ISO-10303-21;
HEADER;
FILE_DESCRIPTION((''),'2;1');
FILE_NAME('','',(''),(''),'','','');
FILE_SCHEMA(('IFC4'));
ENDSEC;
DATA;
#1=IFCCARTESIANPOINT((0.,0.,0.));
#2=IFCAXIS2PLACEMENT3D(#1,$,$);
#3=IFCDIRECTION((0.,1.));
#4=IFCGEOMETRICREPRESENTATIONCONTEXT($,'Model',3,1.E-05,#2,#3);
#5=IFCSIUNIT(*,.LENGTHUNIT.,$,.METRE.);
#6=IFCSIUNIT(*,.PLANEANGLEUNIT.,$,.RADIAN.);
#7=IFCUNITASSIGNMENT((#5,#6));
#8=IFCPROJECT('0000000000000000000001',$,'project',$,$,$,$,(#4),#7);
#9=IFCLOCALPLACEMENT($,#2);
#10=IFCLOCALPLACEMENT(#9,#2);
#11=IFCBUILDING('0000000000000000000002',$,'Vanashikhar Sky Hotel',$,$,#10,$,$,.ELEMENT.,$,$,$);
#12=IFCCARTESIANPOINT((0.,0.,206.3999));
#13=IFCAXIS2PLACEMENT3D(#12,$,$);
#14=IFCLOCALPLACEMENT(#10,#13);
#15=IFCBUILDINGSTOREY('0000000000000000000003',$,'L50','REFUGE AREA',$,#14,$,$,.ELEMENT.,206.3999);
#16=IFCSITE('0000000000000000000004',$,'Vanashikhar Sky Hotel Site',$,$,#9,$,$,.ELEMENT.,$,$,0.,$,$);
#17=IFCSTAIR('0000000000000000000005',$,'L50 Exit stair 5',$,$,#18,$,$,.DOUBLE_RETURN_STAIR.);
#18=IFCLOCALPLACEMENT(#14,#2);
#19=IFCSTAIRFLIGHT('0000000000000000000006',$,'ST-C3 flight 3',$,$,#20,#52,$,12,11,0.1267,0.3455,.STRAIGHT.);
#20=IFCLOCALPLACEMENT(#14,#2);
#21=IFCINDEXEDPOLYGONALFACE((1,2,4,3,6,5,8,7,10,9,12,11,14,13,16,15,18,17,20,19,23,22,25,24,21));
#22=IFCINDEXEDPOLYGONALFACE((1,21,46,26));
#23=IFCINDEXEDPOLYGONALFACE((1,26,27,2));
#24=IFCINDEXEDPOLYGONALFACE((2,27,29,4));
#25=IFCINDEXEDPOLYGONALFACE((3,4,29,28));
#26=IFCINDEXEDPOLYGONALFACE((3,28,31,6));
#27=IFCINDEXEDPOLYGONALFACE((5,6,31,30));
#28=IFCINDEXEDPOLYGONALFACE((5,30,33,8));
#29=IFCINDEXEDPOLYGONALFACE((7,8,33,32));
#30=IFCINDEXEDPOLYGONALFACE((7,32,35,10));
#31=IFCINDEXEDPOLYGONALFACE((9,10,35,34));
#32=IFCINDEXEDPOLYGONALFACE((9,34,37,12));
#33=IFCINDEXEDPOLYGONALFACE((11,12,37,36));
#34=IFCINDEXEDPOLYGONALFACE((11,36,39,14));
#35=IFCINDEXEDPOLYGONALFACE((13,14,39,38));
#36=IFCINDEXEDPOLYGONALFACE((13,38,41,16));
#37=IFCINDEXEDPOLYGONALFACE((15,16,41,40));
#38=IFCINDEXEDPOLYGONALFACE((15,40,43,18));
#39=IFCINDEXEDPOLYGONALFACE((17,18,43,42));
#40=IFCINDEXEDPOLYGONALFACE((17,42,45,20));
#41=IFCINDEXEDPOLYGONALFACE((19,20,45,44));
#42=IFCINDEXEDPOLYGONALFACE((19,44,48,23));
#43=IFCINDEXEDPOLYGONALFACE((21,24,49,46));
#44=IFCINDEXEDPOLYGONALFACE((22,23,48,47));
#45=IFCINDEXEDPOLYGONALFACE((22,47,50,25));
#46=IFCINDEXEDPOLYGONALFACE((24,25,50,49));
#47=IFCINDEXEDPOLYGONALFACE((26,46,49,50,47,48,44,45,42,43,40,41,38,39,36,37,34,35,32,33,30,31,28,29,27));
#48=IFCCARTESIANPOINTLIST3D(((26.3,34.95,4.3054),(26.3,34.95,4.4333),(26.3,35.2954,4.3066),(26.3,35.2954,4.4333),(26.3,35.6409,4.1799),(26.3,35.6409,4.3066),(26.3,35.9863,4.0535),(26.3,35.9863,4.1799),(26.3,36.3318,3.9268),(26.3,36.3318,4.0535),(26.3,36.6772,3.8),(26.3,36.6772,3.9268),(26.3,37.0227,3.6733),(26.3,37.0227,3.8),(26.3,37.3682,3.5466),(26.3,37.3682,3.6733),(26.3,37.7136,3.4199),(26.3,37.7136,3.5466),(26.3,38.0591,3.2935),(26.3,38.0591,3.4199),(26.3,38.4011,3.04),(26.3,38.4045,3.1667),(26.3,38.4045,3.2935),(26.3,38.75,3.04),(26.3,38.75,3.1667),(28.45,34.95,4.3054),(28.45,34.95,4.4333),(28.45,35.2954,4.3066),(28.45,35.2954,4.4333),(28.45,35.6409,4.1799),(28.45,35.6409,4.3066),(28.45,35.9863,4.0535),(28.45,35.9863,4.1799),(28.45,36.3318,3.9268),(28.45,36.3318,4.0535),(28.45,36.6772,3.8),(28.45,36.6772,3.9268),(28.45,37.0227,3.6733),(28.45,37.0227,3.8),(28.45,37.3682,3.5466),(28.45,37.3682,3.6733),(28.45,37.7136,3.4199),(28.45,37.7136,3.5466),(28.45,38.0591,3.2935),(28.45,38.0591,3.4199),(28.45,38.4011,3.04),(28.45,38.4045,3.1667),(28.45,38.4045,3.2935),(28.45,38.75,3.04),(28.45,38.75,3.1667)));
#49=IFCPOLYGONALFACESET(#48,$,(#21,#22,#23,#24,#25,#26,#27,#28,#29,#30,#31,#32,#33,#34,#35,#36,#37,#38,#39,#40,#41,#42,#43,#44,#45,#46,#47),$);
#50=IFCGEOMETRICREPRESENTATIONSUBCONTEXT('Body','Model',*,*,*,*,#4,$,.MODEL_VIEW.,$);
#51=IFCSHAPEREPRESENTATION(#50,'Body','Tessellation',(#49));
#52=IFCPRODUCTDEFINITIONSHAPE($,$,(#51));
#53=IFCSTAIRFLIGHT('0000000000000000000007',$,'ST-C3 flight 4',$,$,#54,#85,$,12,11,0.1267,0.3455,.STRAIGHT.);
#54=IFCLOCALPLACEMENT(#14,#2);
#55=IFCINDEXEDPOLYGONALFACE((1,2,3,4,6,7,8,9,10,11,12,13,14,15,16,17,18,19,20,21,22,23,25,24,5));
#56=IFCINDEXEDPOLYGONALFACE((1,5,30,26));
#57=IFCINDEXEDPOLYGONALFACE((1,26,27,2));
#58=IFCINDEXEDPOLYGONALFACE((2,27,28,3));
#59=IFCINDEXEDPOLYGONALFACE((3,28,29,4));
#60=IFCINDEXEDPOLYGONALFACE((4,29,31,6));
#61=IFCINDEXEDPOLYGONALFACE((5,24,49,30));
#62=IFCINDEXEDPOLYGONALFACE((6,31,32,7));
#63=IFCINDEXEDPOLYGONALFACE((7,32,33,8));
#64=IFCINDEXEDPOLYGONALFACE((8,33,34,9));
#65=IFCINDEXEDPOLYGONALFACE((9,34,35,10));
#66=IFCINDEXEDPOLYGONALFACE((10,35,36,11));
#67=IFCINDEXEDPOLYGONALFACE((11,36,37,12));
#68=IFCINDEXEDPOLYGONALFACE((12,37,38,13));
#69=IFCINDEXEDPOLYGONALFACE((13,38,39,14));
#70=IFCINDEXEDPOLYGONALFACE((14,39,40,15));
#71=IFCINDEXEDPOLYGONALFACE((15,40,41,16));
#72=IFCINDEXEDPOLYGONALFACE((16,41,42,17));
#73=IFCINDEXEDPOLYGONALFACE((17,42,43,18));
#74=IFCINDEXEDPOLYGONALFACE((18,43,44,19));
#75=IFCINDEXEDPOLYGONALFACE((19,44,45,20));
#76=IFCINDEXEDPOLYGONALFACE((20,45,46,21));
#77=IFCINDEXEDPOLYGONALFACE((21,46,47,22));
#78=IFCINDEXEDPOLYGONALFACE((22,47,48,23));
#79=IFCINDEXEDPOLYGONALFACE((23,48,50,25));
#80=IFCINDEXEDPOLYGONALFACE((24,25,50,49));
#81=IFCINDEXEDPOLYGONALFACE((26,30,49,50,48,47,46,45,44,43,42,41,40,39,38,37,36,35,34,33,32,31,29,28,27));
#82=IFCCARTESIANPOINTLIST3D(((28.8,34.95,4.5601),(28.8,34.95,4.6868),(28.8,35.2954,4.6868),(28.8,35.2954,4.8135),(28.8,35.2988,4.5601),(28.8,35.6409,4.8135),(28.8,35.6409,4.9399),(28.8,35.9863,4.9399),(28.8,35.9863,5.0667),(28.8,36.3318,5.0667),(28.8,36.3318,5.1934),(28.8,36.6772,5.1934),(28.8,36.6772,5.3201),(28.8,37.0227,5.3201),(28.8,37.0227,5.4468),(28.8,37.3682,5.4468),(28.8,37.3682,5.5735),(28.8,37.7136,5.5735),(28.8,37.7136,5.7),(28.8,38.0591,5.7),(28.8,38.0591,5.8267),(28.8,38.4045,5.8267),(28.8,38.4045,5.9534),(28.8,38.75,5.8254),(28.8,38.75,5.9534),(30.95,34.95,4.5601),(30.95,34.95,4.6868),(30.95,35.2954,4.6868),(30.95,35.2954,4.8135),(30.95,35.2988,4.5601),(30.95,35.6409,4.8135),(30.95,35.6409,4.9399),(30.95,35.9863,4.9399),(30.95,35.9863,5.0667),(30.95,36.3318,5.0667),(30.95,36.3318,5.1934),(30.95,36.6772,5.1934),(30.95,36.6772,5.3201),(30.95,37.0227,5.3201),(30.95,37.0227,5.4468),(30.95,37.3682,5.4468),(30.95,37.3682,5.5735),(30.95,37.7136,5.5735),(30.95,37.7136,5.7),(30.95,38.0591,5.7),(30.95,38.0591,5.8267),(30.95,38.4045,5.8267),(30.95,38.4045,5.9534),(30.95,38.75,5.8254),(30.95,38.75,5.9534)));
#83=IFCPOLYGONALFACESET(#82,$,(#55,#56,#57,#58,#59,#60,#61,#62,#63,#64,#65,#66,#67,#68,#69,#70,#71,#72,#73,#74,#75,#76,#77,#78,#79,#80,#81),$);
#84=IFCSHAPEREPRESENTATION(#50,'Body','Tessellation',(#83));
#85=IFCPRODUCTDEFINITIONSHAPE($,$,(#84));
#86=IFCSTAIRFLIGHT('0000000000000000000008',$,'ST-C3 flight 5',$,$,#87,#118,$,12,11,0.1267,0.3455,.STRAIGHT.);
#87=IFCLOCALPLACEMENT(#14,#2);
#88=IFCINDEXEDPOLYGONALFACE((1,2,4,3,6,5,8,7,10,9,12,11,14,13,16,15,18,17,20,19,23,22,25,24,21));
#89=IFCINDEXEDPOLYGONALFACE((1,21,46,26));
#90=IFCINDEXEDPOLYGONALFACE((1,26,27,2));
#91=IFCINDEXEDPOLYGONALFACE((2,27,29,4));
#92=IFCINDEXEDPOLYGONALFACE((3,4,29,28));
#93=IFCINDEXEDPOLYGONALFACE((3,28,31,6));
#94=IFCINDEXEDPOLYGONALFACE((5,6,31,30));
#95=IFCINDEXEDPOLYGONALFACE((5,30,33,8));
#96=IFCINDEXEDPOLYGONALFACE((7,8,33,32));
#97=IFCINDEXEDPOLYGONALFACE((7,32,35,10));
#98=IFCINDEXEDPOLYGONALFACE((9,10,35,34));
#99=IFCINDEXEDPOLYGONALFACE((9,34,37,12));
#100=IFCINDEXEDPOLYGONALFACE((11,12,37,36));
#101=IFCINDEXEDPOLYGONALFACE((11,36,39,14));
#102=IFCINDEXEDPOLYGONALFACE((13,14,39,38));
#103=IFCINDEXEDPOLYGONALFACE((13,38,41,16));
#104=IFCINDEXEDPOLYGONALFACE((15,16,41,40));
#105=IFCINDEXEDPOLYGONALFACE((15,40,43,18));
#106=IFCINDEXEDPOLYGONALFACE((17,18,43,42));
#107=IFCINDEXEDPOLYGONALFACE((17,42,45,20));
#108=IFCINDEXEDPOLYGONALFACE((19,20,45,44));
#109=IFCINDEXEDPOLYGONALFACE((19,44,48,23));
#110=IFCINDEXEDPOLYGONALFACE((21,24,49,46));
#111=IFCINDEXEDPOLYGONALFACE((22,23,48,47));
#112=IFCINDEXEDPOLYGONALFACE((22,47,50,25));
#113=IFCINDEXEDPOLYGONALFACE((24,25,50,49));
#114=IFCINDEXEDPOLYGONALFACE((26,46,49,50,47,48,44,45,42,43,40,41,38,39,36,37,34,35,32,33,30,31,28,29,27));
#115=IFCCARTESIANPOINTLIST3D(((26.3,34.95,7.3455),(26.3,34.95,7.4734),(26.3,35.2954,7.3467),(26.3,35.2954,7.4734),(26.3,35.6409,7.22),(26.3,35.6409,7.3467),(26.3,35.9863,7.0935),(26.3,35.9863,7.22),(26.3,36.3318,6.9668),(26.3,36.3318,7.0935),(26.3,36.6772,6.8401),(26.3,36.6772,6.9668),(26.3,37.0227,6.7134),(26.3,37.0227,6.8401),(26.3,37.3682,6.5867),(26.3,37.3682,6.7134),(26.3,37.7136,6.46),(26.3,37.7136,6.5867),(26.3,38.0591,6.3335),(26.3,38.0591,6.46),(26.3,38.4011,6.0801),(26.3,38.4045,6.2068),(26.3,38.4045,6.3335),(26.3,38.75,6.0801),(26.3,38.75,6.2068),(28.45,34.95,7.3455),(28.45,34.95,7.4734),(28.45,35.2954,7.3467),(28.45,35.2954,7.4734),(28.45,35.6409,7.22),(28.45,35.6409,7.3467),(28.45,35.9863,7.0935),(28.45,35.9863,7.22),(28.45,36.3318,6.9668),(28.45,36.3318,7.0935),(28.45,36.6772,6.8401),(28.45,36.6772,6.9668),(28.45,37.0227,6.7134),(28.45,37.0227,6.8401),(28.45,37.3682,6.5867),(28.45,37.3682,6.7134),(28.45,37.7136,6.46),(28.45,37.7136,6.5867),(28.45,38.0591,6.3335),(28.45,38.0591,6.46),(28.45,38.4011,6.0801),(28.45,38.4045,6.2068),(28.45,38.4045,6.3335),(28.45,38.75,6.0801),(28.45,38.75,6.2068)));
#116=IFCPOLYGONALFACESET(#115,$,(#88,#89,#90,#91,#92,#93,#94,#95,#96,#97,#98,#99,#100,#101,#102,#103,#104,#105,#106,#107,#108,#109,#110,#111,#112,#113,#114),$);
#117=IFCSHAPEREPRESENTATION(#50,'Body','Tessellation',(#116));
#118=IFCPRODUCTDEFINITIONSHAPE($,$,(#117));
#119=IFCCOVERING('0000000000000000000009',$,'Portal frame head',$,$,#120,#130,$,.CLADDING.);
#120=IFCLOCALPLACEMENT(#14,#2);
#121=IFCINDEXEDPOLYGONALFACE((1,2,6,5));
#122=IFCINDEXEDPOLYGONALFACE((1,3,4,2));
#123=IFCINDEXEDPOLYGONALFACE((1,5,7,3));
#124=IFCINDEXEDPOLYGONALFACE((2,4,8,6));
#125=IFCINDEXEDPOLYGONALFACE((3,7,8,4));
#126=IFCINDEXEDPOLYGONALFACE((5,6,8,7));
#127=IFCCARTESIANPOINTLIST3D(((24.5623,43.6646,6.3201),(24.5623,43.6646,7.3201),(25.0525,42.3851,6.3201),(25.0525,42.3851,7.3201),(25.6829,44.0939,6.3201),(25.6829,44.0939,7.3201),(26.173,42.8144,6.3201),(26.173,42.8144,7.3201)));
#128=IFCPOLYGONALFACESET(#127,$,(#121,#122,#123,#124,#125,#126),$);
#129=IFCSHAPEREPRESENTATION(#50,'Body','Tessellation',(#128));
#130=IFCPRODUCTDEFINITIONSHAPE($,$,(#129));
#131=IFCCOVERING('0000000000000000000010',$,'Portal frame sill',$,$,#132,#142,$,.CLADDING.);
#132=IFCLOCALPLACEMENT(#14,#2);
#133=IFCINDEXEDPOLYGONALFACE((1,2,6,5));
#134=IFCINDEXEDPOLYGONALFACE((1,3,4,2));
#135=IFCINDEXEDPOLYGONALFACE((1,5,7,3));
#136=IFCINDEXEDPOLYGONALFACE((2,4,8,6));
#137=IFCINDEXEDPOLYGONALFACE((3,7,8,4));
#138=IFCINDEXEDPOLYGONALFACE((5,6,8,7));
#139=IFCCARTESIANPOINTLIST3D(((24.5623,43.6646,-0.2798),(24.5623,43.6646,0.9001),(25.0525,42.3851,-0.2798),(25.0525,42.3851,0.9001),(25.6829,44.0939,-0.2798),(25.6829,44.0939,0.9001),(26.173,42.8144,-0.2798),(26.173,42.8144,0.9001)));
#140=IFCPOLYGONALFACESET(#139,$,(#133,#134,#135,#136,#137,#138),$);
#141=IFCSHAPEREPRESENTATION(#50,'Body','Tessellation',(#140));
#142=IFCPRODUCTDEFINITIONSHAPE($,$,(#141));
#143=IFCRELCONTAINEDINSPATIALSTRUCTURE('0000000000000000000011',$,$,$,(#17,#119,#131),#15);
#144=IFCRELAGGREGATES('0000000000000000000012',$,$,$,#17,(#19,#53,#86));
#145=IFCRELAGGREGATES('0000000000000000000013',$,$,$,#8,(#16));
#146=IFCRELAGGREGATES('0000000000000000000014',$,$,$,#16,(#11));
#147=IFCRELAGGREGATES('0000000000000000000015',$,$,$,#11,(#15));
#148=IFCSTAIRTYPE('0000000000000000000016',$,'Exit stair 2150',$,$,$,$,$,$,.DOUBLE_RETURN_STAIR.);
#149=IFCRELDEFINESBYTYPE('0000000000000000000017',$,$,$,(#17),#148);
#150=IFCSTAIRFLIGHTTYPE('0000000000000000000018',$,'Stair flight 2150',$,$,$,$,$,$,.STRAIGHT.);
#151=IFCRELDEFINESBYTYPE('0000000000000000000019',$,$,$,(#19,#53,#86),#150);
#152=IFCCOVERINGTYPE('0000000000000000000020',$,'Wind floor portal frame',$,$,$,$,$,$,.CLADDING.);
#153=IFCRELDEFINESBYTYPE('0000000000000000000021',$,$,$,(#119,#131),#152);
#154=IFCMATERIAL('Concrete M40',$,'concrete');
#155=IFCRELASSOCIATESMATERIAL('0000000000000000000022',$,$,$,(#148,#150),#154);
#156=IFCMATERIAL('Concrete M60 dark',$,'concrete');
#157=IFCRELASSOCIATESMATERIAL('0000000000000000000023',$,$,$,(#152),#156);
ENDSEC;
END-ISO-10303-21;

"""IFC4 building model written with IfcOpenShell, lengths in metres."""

from ifc_helpers import new_model, si_unit, direction, frame, origin, origin_2d, place, context, subcontext, project, spatial, polyline, rectangle, outline, extrude, source, transform, mapped, material, type_object, element, aggregate, save


model = new_model("IFC4")

# Units and contexts
model_context = context("Model", 3, precision=1e-05, world=origin(), true_north=direction((0.0, 1.0)))
body_context = subcontext(model_context, "Body", "Model", "MODEL_VIEW")
ifc_project = project(units=[si_unit("LENGTHUNIT", "METRE"), si_unit("PLANEANGLEUNIT", "RADIAN")], contexts=[model_context])

# Site, building, storey
site_placement = place(None, origin())
site = spatial("IfcSite", under=ifc_project, at=site_placement, Name="Vanashikhar Sky Hotel Site", CompositionType="ELEMENT", RefElevation=0.0)
building_placement = place(site_placement, origin())
building = spatial("IfcBuilding", under=site, at=building_placement, Name="Vanashikhar Sky Hotel", CompositionType="ELEMENT")
storey_placement = place(building_placement, frame((0.0, 0.0, 206.3999)))
storey = spatial("IfcBuildingStorey", under=building, at=storey_placement, Name="L50", Description="REFUGE AREA", CompositionType="ELEMENT", Elevation=206.3999)

# Shared definitions
ifc_material_1 = material(Name="Concrete M40", Category="concrete")

# Stair, stair flights
stair_type = type_object("IfcStairType", Name="Exit stair 2150", PredefinedType="DOUBLE_RETURN_STAIR", material=ifc_material_1)
stair_placement = place(storey_placement, origin())
stair = element("IfcStair", 1, at=stair_placement, inside=storey, type_object=stair_type, Name="L50 Exit stair 5", PredefinedType="DOUBLE_RETURN_STAIR")
stair_flight_type = type_object("IfcStairFlightType", Name="Stair flight 2150", PredefinedType="STRAIGHT", material=ifc_material_1)
shared_shape_1 = source(origin(), body_context, "Body", "SweptSolid", [
    extrude(outline(polyline([(0.0, 0.0), (0.0, 0.1267), (0.3455, 0.1267), (0.3455, 0.2534), (0.6909, 0.2534), (0.6909, 0.3799), (1.0364, 0.3799), (1.0364, 0.5066), (1.3818, 0.5066), (1.3818, 0.6333), (1.7273, 0.6333), (1.7273, 0.76), (2.0728, 0.76), (2.0728, 0.8867), (2.4182, 0.8867), (2.4182, 1.0134), (2.7637, 1.0134), (2.7637, 1.1399), (3.1091, 1.1399), (3.1091, 1.2666), (3.4546, 1.2666), (3.4546, 1.3933), (3.8, 1.3933), (3.8, 1.52), (3.8, 1.2654), (0.3489, 0.0), (0.0, 0.0)])), frame((0.0, 1.075, 0.0), z_axis=(0.0, -1.0, 0.0), x_axis=(1.0, 0.0, 0.0)), (0.0, 0.0, 1.0), 2.1499),
])
stair_flight_1_placement = place(storey_placement, frame((27.375, 38.75, 3.04), z_axis=(0.0, 0.0, 1.0), x_axis=(0.0, -1.0, 0.0)))
stair_flight_1 = element("IfcStairFlight", 2, at=stair_flight_1_placement, type_object=stair_flight_type, Name="ST-C3 flight 3", NumberOfRisers=12, NumberOfTreads=11, PredefinedType="STRAIGHT", RiserHeight=0.1267, TreadLength=0.3455, context=body_context, shape_type="MappedRepresentation", body=[
    mapped(shared_shape_1, transform((0.0, 0.0, 0.0), scale=1.0)),
])
stair_flight_2_placement = place(storey_placement, frame((29.875, 34.95, 4.5601), z_axis=(0.0, 0.0, 1.0), x_axis=(0.0, 1.0, 0.0)))
stair_flight_2 = element("IfcStairFlight", 3, at=stair_flight_2_placement, type_object=stair_flight_type, Name="ST-C3 flight 4", NumberOfRisers=12, NumberOfTreads=11, PredefinedType="STRAIGHT", RiserHeight=0.1267, TreadLength=0.3455, context=body_context, shape_type="MappedRepresentation", body=[
    mapped(shared_shape_1, transform((0.0, 0.0, 0.0), scale=1.0)),
])
stair_flight_3_placement = place(storey_placement, frame((27.375, 38.75, 6.0801), z_axis=(0.0, 0.0, 1.0), x_axis=(0.0, -1.0, 0.0)))
stair_flight_3 = element("IfcStairFlight", 4, at=stair_flight_3_placement, type_object=stair_flight_type, Name="ST-C3 flight 5", NumberOfRisers=12, NumberOfTreads=11, PredefinedType="STRAIGHT", RiserHeight=0.1267, TreadLength=0.3455, context=body_context, shape_type="MappedRepresentation", body=[
    mapped(shared_shape_1, transform((0.0, 0.0, 0.0), scale=1.0)),
])
aggregate(stair, [stair_flight_1, stair_flight_2, stair_flight_3])

# Coverings
ifc_material_2 = material(Name="Concrete M60 dark", Category="concrete")
covering_type = type_object("IfcCoveringType", Name="Wind floor portal frame", PredefinedType="CLADDING", material=ifc_material_2)
shared_shape_2 = source(origin(), body_context, "Body", "SweptSolid", [
    extrude(rectangle(XDim=1.3701, YDim=1.2, at=origin_2d()), origin(), (0.0, 0.0, 1.0), 1.0),
])
covering_1_placement = place(storey_placement, frame((25.3677, 43.2395, 6.3201), z_axis=(0.0, 0.0, 1.0), x_axis=(-0.357749, 0.933818, 0.0)))
element("IfcCovering", 5, at=covering_1_placement, inside=storey, type_object=covering_type, Name="Portal frame head", PredefinedType="CLADDING", context=body_context, shape_type="MappedRepresentation", body=[
    mapped(shared_shape_2, transform((0.0, 0.0, 0.0), scale=1.0)),
])
shared_shape_3 = source(origin(), body_context, "Body", "SweptSolid", [
    extrude(rectangle(XDim=1.3701, YDim=1.2, at=origin_2d()), origin(), (0.0, 0.0, 1.0), 1.1799),
])
covering_2_placement = place(storey_placement, frame((25.3677, 43.2395, -0.2798), z_axis=(0.0, 0.0, 1.0), x_axis=(-0.357749, 0.933818, 0.0)))
element("IfcCovering", 6, at=covering_2_placement, inside=storey, type_object=covering_type, Name="Portal frame sill", PredefinedType="CLADDING", context=body_context, shape_type="MappedRepresentation", body=[
    mapped(shared_shape_3, transform((0.0, 0.0, 0.0), scale=1.0)),
])

save(model, "model.ifc")
